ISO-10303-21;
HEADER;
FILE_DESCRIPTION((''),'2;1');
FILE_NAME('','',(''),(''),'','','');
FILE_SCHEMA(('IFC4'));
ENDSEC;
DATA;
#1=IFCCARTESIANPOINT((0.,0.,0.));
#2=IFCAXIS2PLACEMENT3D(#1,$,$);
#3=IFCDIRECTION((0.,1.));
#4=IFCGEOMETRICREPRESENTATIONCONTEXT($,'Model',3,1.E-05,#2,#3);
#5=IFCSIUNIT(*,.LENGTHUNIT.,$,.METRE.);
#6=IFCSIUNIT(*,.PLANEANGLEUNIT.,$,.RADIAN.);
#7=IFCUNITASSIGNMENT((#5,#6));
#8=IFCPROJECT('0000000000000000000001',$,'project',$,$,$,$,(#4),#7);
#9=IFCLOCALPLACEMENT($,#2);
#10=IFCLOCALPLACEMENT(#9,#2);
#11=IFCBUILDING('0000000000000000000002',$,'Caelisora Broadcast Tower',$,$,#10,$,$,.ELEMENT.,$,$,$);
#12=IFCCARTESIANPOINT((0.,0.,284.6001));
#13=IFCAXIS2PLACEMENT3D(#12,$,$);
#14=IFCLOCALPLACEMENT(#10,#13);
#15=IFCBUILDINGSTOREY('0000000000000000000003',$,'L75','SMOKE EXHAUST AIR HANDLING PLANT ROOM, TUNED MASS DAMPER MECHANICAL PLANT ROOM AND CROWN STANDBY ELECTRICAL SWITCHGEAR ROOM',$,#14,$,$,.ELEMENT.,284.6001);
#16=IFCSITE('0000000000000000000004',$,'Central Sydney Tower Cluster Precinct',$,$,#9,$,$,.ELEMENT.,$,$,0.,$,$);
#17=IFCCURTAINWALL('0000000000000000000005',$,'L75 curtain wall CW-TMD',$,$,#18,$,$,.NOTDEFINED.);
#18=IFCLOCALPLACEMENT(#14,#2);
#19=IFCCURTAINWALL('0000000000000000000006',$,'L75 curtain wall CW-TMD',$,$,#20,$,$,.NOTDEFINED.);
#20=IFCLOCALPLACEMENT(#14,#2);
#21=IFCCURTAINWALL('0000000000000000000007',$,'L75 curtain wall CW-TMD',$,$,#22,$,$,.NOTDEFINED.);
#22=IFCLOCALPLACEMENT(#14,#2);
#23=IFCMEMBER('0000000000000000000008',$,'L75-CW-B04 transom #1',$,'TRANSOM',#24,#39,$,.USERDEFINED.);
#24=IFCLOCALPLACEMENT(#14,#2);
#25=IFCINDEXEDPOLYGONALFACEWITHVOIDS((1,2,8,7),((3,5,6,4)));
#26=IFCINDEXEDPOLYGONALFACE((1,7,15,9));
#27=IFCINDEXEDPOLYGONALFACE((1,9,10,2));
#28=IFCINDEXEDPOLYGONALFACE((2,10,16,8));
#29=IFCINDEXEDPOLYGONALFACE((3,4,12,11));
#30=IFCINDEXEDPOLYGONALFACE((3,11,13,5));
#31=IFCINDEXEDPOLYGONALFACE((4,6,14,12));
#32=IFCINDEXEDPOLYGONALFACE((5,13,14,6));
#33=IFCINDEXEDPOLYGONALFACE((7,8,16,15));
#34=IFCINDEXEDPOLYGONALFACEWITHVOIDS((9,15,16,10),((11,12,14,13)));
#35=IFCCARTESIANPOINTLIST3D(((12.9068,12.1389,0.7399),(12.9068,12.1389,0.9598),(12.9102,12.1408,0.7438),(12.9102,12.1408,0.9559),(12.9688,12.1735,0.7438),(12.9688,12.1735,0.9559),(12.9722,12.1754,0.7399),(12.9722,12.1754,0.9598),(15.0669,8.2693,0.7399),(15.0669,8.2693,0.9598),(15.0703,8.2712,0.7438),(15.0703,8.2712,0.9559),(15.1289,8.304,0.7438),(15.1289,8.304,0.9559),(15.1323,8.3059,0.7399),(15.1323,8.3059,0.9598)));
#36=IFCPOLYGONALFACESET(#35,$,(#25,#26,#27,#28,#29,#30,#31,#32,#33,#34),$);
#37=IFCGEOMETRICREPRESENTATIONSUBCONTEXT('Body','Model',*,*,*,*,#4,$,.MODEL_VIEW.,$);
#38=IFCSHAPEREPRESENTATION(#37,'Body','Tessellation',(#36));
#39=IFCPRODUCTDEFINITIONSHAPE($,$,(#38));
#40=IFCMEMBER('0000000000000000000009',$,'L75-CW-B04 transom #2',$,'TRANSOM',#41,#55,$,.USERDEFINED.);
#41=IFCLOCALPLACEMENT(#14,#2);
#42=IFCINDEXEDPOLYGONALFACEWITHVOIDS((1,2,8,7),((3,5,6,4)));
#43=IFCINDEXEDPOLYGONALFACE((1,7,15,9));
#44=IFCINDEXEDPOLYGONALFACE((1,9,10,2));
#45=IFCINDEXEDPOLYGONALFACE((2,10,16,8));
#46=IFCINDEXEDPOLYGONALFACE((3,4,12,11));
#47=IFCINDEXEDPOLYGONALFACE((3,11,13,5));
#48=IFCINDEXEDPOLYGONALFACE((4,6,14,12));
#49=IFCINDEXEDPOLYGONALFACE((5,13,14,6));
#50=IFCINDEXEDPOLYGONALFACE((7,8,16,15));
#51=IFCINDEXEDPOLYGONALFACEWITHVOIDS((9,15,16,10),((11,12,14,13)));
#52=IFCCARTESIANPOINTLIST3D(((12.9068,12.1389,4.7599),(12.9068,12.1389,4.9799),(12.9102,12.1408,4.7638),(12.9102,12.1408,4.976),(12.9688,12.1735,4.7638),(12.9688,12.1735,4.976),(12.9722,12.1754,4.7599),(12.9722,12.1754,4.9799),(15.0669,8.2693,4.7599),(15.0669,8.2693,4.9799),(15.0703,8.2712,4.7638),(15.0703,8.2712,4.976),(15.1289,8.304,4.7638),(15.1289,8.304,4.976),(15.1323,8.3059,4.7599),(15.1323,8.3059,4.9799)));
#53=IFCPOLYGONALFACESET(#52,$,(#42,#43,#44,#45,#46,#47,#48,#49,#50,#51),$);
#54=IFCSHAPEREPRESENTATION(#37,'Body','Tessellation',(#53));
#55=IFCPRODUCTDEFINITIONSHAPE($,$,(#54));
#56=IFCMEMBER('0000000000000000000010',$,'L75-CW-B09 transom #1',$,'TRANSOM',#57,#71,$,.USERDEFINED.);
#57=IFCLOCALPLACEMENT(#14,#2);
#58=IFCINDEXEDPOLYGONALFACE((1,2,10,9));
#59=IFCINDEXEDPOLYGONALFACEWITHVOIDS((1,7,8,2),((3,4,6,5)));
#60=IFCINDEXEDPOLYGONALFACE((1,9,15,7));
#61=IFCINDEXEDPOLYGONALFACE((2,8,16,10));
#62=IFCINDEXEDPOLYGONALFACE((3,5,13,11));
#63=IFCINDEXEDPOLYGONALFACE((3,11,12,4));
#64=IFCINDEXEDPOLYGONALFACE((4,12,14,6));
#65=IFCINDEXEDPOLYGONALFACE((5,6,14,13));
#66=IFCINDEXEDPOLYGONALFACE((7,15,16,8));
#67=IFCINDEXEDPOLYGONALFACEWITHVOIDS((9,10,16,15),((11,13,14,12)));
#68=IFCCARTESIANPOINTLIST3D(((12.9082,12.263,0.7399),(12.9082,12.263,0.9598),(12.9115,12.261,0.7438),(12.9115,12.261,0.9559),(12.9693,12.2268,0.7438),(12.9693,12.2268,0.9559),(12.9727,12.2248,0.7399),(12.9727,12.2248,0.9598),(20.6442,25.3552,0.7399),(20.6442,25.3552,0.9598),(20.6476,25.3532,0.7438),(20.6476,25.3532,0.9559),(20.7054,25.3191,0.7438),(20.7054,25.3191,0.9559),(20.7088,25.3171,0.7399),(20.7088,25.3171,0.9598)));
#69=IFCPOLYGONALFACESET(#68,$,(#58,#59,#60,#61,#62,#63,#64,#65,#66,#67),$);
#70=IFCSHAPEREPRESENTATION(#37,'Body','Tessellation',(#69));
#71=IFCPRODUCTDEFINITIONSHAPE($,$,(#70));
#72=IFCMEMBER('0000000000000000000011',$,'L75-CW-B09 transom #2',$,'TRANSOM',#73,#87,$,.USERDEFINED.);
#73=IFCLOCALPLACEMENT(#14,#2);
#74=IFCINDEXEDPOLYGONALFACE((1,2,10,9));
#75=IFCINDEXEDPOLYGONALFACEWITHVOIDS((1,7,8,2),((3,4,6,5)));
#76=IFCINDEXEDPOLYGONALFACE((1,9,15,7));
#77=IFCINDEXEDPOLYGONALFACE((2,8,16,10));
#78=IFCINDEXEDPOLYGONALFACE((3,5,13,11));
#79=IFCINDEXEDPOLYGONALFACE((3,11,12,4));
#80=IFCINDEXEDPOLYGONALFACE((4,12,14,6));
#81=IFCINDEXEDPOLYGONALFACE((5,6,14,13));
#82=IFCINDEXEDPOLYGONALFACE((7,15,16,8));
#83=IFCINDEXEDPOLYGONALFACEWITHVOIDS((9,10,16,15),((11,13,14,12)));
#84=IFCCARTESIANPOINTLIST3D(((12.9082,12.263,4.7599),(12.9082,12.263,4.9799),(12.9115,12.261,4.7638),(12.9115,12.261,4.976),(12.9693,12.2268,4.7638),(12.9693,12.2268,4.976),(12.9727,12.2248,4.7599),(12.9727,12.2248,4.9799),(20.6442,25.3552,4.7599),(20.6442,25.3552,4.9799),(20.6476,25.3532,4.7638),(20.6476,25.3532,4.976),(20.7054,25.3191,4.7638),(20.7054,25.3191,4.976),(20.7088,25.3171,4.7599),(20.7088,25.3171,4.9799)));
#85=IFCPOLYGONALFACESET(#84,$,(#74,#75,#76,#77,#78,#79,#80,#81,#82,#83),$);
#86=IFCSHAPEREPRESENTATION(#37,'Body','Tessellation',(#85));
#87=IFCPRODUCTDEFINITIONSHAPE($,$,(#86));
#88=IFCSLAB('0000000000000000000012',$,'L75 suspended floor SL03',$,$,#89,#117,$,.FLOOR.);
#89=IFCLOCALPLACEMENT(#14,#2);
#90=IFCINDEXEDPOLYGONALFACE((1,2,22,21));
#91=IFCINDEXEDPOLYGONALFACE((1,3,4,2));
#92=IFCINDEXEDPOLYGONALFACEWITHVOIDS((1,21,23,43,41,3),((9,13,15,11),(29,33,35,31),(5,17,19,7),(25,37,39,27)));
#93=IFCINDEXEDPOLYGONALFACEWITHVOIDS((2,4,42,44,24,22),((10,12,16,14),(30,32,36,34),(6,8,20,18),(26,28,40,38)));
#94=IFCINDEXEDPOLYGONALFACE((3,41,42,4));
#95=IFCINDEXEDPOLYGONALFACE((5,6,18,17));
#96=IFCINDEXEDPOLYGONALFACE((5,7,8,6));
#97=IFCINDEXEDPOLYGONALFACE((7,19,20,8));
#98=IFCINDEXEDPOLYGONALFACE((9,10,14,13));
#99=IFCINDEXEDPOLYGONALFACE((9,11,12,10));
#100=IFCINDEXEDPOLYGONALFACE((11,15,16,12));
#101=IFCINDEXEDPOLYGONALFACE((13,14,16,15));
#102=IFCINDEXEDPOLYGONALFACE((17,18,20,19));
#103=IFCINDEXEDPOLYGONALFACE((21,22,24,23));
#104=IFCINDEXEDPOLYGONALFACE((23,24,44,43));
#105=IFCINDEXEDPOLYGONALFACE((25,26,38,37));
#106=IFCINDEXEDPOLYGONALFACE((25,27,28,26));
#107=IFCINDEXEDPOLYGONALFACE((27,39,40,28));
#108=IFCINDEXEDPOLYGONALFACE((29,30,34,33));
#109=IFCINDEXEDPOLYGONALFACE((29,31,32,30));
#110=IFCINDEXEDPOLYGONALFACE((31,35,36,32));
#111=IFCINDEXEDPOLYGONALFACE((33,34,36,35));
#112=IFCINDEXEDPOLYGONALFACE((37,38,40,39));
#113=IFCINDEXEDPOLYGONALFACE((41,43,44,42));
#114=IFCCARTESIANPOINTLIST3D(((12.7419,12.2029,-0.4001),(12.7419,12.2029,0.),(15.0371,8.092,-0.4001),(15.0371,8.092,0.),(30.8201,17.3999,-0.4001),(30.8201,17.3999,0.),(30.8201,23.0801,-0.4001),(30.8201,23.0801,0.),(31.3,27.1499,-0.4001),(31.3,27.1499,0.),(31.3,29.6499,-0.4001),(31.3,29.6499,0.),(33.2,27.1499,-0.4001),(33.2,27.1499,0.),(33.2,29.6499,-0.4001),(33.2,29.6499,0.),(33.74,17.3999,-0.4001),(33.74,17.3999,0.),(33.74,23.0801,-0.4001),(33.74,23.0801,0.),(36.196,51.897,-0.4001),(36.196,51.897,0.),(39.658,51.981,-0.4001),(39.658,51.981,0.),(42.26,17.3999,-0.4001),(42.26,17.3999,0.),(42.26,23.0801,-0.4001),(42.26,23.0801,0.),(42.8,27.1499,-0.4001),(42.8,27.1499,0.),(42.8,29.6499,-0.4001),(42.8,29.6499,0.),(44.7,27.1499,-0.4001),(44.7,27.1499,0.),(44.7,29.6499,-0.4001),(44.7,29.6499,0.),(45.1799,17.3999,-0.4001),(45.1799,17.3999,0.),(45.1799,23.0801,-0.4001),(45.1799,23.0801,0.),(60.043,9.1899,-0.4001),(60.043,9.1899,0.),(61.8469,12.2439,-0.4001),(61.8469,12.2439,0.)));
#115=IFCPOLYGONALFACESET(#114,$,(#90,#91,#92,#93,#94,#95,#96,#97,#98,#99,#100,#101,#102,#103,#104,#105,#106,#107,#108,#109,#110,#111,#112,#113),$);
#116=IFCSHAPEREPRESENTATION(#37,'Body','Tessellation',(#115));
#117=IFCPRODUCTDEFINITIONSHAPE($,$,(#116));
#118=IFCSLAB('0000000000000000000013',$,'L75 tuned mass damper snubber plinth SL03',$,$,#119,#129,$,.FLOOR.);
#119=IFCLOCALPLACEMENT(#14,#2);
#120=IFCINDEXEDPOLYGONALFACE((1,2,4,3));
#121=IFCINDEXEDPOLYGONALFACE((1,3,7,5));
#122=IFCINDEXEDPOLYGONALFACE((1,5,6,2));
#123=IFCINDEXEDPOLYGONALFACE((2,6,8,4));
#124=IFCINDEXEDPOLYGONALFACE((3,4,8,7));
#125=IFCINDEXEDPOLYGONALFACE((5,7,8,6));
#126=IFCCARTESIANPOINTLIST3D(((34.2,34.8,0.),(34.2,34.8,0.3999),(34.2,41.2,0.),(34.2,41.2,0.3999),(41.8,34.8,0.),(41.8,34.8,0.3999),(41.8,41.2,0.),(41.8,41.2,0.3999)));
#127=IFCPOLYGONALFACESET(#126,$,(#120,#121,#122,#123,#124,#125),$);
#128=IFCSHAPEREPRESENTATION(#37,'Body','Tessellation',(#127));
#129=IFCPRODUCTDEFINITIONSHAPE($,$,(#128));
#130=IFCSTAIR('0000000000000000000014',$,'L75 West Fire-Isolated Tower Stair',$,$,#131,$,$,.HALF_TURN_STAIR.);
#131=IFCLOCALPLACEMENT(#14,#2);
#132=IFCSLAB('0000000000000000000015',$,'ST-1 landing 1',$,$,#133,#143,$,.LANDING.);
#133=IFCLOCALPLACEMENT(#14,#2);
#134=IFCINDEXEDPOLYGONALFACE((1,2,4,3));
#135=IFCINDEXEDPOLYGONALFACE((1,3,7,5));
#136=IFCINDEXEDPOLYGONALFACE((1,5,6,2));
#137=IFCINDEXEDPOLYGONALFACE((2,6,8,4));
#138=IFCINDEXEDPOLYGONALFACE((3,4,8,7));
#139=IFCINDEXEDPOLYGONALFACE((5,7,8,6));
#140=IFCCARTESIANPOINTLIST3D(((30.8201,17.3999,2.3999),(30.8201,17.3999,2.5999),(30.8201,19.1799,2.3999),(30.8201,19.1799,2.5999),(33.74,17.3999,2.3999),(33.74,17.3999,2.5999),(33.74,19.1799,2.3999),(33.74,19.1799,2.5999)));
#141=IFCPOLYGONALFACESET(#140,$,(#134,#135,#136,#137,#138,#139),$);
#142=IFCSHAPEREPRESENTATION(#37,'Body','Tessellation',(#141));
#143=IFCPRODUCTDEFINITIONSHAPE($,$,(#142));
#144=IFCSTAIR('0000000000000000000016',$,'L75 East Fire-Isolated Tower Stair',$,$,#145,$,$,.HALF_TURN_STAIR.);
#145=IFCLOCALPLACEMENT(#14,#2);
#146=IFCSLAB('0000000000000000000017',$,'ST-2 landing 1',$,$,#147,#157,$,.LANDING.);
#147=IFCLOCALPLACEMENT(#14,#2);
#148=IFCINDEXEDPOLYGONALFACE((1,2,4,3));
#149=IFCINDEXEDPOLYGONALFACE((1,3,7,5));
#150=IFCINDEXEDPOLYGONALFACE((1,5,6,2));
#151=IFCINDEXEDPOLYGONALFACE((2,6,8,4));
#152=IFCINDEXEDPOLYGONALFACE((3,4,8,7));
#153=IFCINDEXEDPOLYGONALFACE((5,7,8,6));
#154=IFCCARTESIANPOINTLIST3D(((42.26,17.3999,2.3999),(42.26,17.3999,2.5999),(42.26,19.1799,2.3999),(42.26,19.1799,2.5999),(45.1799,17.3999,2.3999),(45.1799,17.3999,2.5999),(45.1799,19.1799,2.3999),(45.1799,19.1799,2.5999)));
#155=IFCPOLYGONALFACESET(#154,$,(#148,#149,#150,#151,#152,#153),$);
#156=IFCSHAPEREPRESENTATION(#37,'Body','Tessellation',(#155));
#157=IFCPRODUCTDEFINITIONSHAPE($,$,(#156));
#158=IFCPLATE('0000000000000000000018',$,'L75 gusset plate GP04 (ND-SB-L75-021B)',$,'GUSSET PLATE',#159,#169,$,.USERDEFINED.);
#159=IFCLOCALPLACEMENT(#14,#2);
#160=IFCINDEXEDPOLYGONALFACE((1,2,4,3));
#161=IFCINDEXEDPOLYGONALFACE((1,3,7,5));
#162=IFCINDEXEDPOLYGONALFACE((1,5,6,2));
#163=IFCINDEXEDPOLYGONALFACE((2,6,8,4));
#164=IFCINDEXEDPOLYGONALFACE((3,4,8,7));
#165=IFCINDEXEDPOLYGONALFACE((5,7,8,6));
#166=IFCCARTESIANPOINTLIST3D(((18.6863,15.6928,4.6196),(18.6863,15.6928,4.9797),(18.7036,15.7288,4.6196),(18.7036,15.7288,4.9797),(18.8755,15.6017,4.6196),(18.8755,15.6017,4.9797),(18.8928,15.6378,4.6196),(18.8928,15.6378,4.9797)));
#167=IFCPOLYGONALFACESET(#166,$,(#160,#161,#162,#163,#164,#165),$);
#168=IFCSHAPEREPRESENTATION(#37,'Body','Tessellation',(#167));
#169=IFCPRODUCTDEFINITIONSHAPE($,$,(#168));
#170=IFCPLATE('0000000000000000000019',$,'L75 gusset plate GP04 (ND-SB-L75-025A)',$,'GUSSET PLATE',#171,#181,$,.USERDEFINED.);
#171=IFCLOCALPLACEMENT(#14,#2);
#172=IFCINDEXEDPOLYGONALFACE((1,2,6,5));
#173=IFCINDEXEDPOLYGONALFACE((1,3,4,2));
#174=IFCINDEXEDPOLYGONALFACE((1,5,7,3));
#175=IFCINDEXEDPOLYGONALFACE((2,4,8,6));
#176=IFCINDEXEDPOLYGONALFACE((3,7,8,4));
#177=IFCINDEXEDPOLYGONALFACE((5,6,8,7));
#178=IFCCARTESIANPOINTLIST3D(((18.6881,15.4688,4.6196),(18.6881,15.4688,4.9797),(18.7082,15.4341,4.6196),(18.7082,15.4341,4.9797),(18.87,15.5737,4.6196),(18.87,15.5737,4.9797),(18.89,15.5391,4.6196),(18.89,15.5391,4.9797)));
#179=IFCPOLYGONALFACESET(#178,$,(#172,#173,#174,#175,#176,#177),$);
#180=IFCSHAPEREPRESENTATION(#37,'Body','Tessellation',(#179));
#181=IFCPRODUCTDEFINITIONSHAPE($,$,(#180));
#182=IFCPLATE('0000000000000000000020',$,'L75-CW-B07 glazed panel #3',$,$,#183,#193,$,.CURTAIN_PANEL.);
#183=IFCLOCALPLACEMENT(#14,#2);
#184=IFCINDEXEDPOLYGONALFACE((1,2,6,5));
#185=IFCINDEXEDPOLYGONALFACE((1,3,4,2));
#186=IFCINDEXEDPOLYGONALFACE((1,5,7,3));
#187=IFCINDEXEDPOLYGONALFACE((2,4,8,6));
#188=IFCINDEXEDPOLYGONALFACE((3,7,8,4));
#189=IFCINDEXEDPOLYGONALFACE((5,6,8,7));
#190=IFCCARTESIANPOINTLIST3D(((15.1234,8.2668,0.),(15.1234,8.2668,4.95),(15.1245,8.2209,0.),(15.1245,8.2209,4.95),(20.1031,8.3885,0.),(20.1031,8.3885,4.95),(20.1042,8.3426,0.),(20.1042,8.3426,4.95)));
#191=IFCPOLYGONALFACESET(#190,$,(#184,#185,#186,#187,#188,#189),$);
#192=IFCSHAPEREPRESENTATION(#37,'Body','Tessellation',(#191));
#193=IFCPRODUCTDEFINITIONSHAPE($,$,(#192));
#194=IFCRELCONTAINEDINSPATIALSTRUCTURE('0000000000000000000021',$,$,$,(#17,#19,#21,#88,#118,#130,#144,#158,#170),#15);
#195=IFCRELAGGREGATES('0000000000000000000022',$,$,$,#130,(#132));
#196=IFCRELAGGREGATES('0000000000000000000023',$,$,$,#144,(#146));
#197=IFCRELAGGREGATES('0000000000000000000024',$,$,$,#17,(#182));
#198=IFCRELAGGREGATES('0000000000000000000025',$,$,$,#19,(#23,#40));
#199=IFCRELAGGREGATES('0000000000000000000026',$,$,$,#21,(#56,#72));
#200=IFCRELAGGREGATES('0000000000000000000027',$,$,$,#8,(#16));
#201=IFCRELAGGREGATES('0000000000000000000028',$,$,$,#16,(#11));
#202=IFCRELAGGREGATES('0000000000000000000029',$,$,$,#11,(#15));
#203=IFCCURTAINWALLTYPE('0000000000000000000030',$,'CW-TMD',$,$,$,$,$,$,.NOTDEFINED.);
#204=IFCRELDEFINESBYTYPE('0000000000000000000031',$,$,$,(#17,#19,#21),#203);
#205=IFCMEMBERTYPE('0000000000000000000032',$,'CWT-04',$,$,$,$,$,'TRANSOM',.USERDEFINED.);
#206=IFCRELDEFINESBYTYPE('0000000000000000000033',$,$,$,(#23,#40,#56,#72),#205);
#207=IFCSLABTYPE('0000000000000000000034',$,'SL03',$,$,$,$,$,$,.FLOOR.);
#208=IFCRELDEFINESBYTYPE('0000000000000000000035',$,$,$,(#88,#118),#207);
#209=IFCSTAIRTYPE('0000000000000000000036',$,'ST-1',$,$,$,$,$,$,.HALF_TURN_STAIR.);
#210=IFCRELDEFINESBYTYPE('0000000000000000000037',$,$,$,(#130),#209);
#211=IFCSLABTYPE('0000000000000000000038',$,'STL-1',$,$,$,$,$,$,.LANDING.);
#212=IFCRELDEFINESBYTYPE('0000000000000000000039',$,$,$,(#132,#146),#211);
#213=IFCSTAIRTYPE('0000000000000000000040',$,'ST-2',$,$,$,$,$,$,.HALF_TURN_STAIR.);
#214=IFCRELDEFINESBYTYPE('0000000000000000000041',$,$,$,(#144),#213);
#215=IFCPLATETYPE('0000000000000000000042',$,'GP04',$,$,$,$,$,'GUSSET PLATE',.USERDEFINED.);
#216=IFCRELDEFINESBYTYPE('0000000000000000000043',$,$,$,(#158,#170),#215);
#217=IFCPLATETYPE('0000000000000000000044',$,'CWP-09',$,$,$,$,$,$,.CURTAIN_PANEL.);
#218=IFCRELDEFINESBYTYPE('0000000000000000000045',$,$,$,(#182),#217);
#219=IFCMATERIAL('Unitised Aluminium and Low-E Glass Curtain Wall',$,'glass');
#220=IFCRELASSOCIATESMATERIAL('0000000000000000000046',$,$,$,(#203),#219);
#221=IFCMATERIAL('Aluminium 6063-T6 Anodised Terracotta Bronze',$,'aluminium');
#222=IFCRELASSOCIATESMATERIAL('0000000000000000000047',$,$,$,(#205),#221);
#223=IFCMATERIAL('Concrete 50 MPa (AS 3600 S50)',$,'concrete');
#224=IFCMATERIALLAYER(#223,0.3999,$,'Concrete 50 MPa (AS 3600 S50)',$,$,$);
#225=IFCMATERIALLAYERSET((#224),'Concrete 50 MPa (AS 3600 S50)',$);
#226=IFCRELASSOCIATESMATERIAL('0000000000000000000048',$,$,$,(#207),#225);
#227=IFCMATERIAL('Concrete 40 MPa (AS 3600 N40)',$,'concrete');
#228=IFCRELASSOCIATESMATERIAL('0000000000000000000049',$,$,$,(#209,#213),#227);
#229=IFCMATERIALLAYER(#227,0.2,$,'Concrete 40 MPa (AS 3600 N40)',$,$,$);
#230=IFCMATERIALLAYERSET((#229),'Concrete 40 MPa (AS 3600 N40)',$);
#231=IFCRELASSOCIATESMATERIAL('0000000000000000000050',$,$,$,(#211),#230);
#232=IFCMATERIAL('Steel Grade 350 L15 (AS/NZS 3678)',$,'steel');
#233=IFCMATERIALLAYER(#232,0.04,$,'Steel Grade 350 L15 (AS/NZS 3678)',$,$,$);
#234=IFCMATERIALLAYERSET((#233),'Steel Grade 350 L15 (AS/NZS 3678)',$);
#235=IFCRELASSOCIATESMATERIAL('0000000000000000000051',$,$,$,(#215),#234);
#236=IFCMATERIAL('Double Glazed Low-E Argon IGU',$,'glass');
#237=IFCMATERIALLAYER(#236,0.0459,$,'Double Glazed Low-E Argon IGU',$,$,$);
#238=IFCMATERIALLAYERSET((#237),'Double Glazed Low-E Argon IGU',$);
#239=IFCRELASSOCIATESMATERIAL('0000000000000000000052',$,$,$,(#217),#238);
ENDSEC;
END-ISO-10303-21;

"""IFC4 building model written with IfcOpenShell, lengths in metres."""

from ifc_helpers import new_model, si_unit, direction, frame, origin, origin_2d, place, context, subcontext, project, spatial, polyline, rectangle, hollow_rectangle, outline, extrude, source, transform, mapped, material, layer, layer_set, material_profile, profile_set, type_object, type_shapes, element, aggregate, save


model = new_model("IFC4")

# Units and contexts
model_context = context("Model", 3, precision=1e-05, world=origin(), true_north=direction((0.0, 1.0)))
body_context = subcontext(model_context, "Body", "Model", "MODEL_VIEW")
ifc_project = project(units=[si_unit("LENGTHUNIT", "METRE"), si_unit("PLANEANGLEUNIT", "RADIAN")], contexts=[model_context])

# Site, building, storey
site_placement = place(None, origin())
site = spatial("IfcSite", under=ifc_project, at=site_placement, Name="Central Sydney Tower Cluster Precinct", CompositionType="ELEMENT", RefElevation=0.0)
building_placement = place(site_placement, origin())
building = spatial("IfcBuilding", under=site, at=building_placement, Name="Caelisora Broadcast Tower", CompositionType="ELEMENT")
storey_placement = place(building_placement, frame((0.0, 0.0, 284.6001)))
storey = spatial("IfcBuildingStorey", under=building, at=storey_placement, Name="L75", Description="SMOKE EXHAUST AIR HANDLING PLANT ROOM, TUNED MASS DAMPER MECHANICAL PLANT ROOM AND CROWN STANDBY ELECTRICAL SWITCHGEAR ROOM", CompositionType="ELEMENT", Elevation=284.6001)

# Shared definitions
ifc_material_1 = material(Name="Steel Grade 350 L15 (AS/NZS 3678)", Category="steel")

# Curtain wall
ifc_material_2 = material(Name="Unitised Aluminium and Low-E Glass Curtain Wall", Category="glass")
curtain_wall_type = type_object("IfcCurtainWallType", Name="CW-TMD", PredefinedType="NOTDEFINED", material=ifc_material_2)
curtain_wall_1_placement = place(storey_placement, origin())
curtain_wall_1 = element("IfcCurtainWall", 1, at=curtain_wall_1_placement, inside=storey, type_object=curtain_wall_type, Name="L75 curtain wall CW-TMD", PredefinedType="NOTDEFINED")
ifc_material_3 = material(Name="Aluminium 6063-T6 Anodised Terracotta Bronze", Category="aluminium")

# Curtain walls
curtain_wall_2_placement = place(storey_placement, origin())
curtain_wall_2 = element("IfcCurtainWall", 2, at=curtain_wall_2_placement, inside=storey, type_object=curtain_wall_type, Name="L75 curtain wall CW-TMD", PredefinedType="NOTDEFINED")
curtain_wall_3_placement = place(storey_placement, origin())
curtain_wall_3 = element("IfcCurtainWall", 3, at=curtain_wall_3_placement, inside=storey, type_object=curtain_wall_type, Name="L75 curtain wall CW-TMD", PredefinedType="NOTDEFINED")

# Members
ifc_material_profile_1 = material_profile(ifc_material_3, hollow_rectangle(XDim=0.075, YDim=0.22, WallThickness=0.0039, at=origin_2d()), Name="Aluminium 6063-T6 Anodised Terracotta Bronze")
ifc_profile_set_1 = profile_set([ifc_material_profile_1], Name="Aluminium 6063-T6 Anodised Terracotta Bronze")
member_type_1 = type_object("IfcMemberType", Name="CWT-04", ElementType="TRANSOM", PredefinedType="USERDEFINED", material=ifc_profile_set_1)
shared_shape_1 = source(origin(), body_context, "Body", "SweptSolid", [
    extrude(hollow_rectangle(XDim=0.075, YDim=0.22, WallThickness=0.0039, at=origin_2d()), origin(), (0.0, 0.0, 1.0), 4.4316),
])
member_1_placement = place(storey_placement, frame((15.0996, 8.2876, 0.8499), z_axis=(-0.487429, 0.873163, 0.0), x_axis=(-0.873163, -0.487429, 0.0)))
member_1 = element("IfcMember", 4, at=member_1_placement, type_object=member_type_1, Name="L75-CW-B04 transom #1", ObjectType="TRANSOM", PredefinedType="USERDEFINED", context=body_context, shape_type="MappedRepresentation", body=[
    mapped(shared_shape_1, transform((0.0, 0.0, 0.0), scale=1.0)),
])
member_2_placement = place(storey_placement, frame((15.0996, 8.2876, 4.8699), z_axis=(-0.487429, 0.873163, 0.0), x_axis=(-0.873163, -0.487429, 0.0)))
member_2 = element("IfcMember", 5, at=member_2_placement, type_object=member_type_1, Name="L75-CW-B04 transom #2", ObjectType="TRANSOM", PredefinedType="USERDEFINED", context=body_context, shape_type="MappedRepresentation", body=[
    mapped(shared_shape_1, transform((0.0, 0.0, 0.0), scale=1.0)),
])
shared_shape_2 = source(origin(), body_context, "Body", "SweptSolid", [
    extrude(hollow_rectangle(XDim=0.075, YDim=0.22, WallThickness=0.0039, at=origin_2d()), origin(), (0.0, 0.0, 1.0), 15.207),
])
type_shapes(member_type_1, [shared_shape_1, shared_shape_2])
member_3_placement = place(storey_placement, frame((12.9404, 12.2439, 0.8499), z_axis=(0.508716, 0.860934, 0.0), x_axis=(-0.860934, 0.508716, 0.0)))
member_3 = element("IfcMember", 6, at=member_3_placement, type_object=member_type_1, Name="L75-CW-B09 transom #1", ObjectType="TRANSOM", PredefinedType="USERDEFINED", context=body_context, shape_type="MappedRepresentation", body=[
    mapped(shared_shape_2, transform((0.0, 0.0, 0.0), scale=1.0)),
])
member_4_placement = place(storey_placement, frame((12.9404, 12.2439, 4.8699), z_axis=(0.508716, 0.860934, 0.0), x_axis=(-0.860934, 0.508716, 0.0)))
member_4 = element("IfcMember", 7, at=member_4_placement, type_object=member_type_1, Name="L75-CW-B09 transom #2", ObjectType="TRANSOM", PredefinedType="USERDEFINED", context=body_context, shape_type="MappedRepresentation", body=[
    mapped(shared_shape_2, transform((0.0, 0.0, 0.0), scale=1.0)),
])

# Slabs
ifc_material_4 = material(Name="Concrete 50 MPa (AS 3600 S50)", Category="concrete")
ifc_layer_1 = layer(ifc_material_4, 0.3999, Name="Concrete 50 MPa (AS 3600 S50)")
ifc_layer_set_1 = layer_set([ifc_layer_1], Name="Concrete 50 MPa (AS 3600 S50)")
slab_type_1 = type_object("IfcSlabType", Name="SL03", PredefinedType="FLOOR", material=ifc_layer_set_1)
slab_1_placement = place(storey_placement, frame((0.0, 0.0, -0.4001)))
element("IfcSlab", 8, at=slab_1_placement, inside=storey, type_object=slab_type_1, Name="L75 suspended floor SL03", PredefinedType="FLOOR", context=body_context, shape_type="SweptSolid", body=[
    extrude(outline(polyline([(39.658, 51.981), (36.196, 51.897), (12.7419, 12.2029), (15.0371, 8.092), (60.043, 9.1899), (61.8469, 12.2439), (39.658, 51.981)]), holes=[polyline([(30.8201, 17.3999), (33.74, 17.3999), (33.74, 23.0801), (30.8201, 23.0801), (30.8201, 17.3999)]), polyline([(42.26, 17.3999), (45.1799, 17.3999), (45.1799, 23.0801), (42.26, 23.0801), (42.26, 17.3999)]), polyline([(42.8, 27.1499), (44.7, 27.1499), (44.7, 29.6499), (42.8, 29.6499), (42.8, 27.1499)]), polyline([(31.3, 27.1499), (33.2, 27.1499), (33.2, 29.6499), (31.3, 29.6499), (31.3, 27.1499)])]), origin(), (0.0, 0.0, 1.0), 0.4001),
])
slab_2_placement = place(storey_placement, origin())
element("IfcSlab", 9, at=slab_2_placement, inside=storey, type_object=slab_type_1, Name="L75 tuned mass damper snubber plinth SL03", PredefinedType="FLOOR", context=body_context, shape_type="SweptSolid", body=[
    extrude(outline(polyline([(34.2, 34.8), (41.8, 34.8), (41.8, 41.2), (34.2, 41.2), (34.2, 34.8)])), origin(), (0.0, 0.0, 1.0), 0.3999),
])

# Stairs, slabs
ifc_material_5 = material(Name="Concrete 40 MPa (AS 3600 N40)", Category="concrete")
stair_type_1 = type_object("IfcStairType", Name="ST-1", PredefinedType="HALF_TURN_STAIR", material=ifc_material_5)
stair_1_placement = place(storey_placement, origin())
stair_1 = element("IfcStair", 10, at=stair_1_placement, inside=storey, type_object=stair_type_1, Name="L75 West Fire-Isolated Tower Stair", PredefinedType="HALF_TURN_STAIR")
ifc_layer_2 = layer(ifc_material_5, 0.2, Name="Concrete 40 MPa (AS 3600 N40)")
ifc_layer_set_2 = layer_set([ifc_layer_2], Name="Concrete 40 MPa (AS 3600 N40)")
slab_type_2 = type_object("IfcSlabType", Name="STL-1", PredefinedType="LANDING", material=ifc_layer_set_2)
slab_3_placement = place(storey_placement, frame((0.0, 0.0, 2.3999)))
slab_3 = element("IfcSlab", 11, at=slab_3_placement, type_object=slab_type_2, Name="ST-1 landing 1", PredefinedType="LANDING", context=body_context, shape_type="SweptSolid", body=[
    extrude(outline(polyline([(30.8201, 19.1799), (30.8201, 17.3999), (33.74, 17.3999), (33.74, 19.1799), (30.8201, 19.1799)])), origin(), (0.0, 0.0, 1.0), 0.2),
])
aggregate(stair_1, [slab_3])
stair_type_2 = type_object("IfcStairType", Name="ST-2", PredefinedType="HALF_TURN_STAIR", material=ifc_material_5)
stair_2_placement = place(storey_placement, origin())
stair_2 = element("IfcStair", 12, at=stair_2_placement, inside=storey, type_object=stair_type_2, Name="L75 East Fire-Isolated Tower Stair", PredefinedType="HALF_TURN_STAIR")
slab_4_placement = place(storey_placement, frame((0.0, 0.0, 2.3999)))
slab_4 = element("IfcSlab", 13, at=slab_4_placement, type_object=slab_type_2, Name="ST-2 landing 1", PredefinedType="LANDING", context=body_context, shape_type="SweptSolid", body=[
    extrude(outline(polyline([(42.26, 19.1799), (42.26, 17.3999), (45.1799, 17.3999), (45.1799, 19.1799), (42.26, 19.1799)])), origin(), (0.0, 0.0, 1.0), 0.2),
])
aggregate(stair_2, [slab_4])

# Plates
ifc_layer_3 = layer(ifc_material_1, 0.04, Name="Steel Grade 350 L15 (AS/NZS 3678)")
ifc_layer_set_3 = layer_set([ifc_layer_3], Name="Steel Grade 350 L15 (AS/NZS 3678)")
plate_type_1 = type_object("IfcPlateType", Name="GP04", ElementType="GUSSET PLATE", PredefinedType="USERDEFINED", material=ifc_layer_set_3)
shared_shape_3 = source(origin(), body_context, "Body", "SweptSolid", [
    extrude(rectangle(XDim=0.21, YDim=0.04, at=origin_2d()), origin(), (0.0, 0.0, 1.0), 0.3601),
])
type_shapes(plate_type_1, [shared_shape_3])
for number, where, z_axis, x_axis, name in (
    (14, (18.7896, 15.6653, 4.6196), (0.0, 0.0, 1.0), (0.901153, -0.433502, 0.0), "L75 gusset plate GP04 (ND-SB-L75-021B)"),
    (15, (18.7891, 15.5039, 4.6196), (0.0, 0.0, 1.0), (0.866025, 0.5, 0.0), "L75 gusset plate GP04 (ND-SB-L75-025A)"),
):
    element("IfcPlate", number, at=place(storey_placement, frame(where, z_axis=z_axis, x_axis=x_axis)), inside=storey, type_object=plate_type_1, Name=name, ObjectType="GUSSET PLATE", PredefinedType="USERDEFINED", context=body_context, shape_type="MappedRepresentation", body=[
        mapped(shared_shape_3, transform((0.0, 0.0, 0.0), scale=1.0)),
    ])

# Plate
ifc_material_6 = material(Name="Double Glazed Low-E Argon IGU", Category="glass")
ifc_layer_4 = layer(ifc_material_6, 0.0459, Name="Double Glazed Low-E Argon IGU")
ifc_layer_set_4 = layer_set([ifc_layer_4], Name="Double Glazed Low-E Argon IGU")
plate_type_2 = type_object("IfcPlateType", Name="CWP-09", PredefinedType="CURTAIN_PANEL", material=ifc_layer_set_4)
shared_shape_4 = source(origin(), body_context, "Body", "SweptSolid", [
    extrude(rectangle(XDim=4.9812, YDim=0.0459, at=origin_2d()), origin(), (0.0, 0.0, 1.0), 4.95),
])
plate_1_placement = place(storey_placement, frame((17.6138, 8.3047, 0.0), z_axis=(0.0, 0.0, 1.0), x_axis=(-0.999701, -0.024432, 0.0)))
plate_1 = element("IfcPlate", 16, at=plate_1_placement, type_object=plate_type_2, Name="L75-CW-B07 glazed panel #3", PredefinedType="CURTAIN_PANEL", context=body_context, shape_type="MappedRepresentation", body=[
    mapped(shared_shape_4, transform((0.0, 0.0, 0.0), scale=1.0)),
])
aggregate(curtain_wall_1, [plate_1])
aggregate(curtain_wall_2, [member_1, member_2])
aggregate(curtain_wall_3, [member_3, member_4])

save(model, "model.ifc")
